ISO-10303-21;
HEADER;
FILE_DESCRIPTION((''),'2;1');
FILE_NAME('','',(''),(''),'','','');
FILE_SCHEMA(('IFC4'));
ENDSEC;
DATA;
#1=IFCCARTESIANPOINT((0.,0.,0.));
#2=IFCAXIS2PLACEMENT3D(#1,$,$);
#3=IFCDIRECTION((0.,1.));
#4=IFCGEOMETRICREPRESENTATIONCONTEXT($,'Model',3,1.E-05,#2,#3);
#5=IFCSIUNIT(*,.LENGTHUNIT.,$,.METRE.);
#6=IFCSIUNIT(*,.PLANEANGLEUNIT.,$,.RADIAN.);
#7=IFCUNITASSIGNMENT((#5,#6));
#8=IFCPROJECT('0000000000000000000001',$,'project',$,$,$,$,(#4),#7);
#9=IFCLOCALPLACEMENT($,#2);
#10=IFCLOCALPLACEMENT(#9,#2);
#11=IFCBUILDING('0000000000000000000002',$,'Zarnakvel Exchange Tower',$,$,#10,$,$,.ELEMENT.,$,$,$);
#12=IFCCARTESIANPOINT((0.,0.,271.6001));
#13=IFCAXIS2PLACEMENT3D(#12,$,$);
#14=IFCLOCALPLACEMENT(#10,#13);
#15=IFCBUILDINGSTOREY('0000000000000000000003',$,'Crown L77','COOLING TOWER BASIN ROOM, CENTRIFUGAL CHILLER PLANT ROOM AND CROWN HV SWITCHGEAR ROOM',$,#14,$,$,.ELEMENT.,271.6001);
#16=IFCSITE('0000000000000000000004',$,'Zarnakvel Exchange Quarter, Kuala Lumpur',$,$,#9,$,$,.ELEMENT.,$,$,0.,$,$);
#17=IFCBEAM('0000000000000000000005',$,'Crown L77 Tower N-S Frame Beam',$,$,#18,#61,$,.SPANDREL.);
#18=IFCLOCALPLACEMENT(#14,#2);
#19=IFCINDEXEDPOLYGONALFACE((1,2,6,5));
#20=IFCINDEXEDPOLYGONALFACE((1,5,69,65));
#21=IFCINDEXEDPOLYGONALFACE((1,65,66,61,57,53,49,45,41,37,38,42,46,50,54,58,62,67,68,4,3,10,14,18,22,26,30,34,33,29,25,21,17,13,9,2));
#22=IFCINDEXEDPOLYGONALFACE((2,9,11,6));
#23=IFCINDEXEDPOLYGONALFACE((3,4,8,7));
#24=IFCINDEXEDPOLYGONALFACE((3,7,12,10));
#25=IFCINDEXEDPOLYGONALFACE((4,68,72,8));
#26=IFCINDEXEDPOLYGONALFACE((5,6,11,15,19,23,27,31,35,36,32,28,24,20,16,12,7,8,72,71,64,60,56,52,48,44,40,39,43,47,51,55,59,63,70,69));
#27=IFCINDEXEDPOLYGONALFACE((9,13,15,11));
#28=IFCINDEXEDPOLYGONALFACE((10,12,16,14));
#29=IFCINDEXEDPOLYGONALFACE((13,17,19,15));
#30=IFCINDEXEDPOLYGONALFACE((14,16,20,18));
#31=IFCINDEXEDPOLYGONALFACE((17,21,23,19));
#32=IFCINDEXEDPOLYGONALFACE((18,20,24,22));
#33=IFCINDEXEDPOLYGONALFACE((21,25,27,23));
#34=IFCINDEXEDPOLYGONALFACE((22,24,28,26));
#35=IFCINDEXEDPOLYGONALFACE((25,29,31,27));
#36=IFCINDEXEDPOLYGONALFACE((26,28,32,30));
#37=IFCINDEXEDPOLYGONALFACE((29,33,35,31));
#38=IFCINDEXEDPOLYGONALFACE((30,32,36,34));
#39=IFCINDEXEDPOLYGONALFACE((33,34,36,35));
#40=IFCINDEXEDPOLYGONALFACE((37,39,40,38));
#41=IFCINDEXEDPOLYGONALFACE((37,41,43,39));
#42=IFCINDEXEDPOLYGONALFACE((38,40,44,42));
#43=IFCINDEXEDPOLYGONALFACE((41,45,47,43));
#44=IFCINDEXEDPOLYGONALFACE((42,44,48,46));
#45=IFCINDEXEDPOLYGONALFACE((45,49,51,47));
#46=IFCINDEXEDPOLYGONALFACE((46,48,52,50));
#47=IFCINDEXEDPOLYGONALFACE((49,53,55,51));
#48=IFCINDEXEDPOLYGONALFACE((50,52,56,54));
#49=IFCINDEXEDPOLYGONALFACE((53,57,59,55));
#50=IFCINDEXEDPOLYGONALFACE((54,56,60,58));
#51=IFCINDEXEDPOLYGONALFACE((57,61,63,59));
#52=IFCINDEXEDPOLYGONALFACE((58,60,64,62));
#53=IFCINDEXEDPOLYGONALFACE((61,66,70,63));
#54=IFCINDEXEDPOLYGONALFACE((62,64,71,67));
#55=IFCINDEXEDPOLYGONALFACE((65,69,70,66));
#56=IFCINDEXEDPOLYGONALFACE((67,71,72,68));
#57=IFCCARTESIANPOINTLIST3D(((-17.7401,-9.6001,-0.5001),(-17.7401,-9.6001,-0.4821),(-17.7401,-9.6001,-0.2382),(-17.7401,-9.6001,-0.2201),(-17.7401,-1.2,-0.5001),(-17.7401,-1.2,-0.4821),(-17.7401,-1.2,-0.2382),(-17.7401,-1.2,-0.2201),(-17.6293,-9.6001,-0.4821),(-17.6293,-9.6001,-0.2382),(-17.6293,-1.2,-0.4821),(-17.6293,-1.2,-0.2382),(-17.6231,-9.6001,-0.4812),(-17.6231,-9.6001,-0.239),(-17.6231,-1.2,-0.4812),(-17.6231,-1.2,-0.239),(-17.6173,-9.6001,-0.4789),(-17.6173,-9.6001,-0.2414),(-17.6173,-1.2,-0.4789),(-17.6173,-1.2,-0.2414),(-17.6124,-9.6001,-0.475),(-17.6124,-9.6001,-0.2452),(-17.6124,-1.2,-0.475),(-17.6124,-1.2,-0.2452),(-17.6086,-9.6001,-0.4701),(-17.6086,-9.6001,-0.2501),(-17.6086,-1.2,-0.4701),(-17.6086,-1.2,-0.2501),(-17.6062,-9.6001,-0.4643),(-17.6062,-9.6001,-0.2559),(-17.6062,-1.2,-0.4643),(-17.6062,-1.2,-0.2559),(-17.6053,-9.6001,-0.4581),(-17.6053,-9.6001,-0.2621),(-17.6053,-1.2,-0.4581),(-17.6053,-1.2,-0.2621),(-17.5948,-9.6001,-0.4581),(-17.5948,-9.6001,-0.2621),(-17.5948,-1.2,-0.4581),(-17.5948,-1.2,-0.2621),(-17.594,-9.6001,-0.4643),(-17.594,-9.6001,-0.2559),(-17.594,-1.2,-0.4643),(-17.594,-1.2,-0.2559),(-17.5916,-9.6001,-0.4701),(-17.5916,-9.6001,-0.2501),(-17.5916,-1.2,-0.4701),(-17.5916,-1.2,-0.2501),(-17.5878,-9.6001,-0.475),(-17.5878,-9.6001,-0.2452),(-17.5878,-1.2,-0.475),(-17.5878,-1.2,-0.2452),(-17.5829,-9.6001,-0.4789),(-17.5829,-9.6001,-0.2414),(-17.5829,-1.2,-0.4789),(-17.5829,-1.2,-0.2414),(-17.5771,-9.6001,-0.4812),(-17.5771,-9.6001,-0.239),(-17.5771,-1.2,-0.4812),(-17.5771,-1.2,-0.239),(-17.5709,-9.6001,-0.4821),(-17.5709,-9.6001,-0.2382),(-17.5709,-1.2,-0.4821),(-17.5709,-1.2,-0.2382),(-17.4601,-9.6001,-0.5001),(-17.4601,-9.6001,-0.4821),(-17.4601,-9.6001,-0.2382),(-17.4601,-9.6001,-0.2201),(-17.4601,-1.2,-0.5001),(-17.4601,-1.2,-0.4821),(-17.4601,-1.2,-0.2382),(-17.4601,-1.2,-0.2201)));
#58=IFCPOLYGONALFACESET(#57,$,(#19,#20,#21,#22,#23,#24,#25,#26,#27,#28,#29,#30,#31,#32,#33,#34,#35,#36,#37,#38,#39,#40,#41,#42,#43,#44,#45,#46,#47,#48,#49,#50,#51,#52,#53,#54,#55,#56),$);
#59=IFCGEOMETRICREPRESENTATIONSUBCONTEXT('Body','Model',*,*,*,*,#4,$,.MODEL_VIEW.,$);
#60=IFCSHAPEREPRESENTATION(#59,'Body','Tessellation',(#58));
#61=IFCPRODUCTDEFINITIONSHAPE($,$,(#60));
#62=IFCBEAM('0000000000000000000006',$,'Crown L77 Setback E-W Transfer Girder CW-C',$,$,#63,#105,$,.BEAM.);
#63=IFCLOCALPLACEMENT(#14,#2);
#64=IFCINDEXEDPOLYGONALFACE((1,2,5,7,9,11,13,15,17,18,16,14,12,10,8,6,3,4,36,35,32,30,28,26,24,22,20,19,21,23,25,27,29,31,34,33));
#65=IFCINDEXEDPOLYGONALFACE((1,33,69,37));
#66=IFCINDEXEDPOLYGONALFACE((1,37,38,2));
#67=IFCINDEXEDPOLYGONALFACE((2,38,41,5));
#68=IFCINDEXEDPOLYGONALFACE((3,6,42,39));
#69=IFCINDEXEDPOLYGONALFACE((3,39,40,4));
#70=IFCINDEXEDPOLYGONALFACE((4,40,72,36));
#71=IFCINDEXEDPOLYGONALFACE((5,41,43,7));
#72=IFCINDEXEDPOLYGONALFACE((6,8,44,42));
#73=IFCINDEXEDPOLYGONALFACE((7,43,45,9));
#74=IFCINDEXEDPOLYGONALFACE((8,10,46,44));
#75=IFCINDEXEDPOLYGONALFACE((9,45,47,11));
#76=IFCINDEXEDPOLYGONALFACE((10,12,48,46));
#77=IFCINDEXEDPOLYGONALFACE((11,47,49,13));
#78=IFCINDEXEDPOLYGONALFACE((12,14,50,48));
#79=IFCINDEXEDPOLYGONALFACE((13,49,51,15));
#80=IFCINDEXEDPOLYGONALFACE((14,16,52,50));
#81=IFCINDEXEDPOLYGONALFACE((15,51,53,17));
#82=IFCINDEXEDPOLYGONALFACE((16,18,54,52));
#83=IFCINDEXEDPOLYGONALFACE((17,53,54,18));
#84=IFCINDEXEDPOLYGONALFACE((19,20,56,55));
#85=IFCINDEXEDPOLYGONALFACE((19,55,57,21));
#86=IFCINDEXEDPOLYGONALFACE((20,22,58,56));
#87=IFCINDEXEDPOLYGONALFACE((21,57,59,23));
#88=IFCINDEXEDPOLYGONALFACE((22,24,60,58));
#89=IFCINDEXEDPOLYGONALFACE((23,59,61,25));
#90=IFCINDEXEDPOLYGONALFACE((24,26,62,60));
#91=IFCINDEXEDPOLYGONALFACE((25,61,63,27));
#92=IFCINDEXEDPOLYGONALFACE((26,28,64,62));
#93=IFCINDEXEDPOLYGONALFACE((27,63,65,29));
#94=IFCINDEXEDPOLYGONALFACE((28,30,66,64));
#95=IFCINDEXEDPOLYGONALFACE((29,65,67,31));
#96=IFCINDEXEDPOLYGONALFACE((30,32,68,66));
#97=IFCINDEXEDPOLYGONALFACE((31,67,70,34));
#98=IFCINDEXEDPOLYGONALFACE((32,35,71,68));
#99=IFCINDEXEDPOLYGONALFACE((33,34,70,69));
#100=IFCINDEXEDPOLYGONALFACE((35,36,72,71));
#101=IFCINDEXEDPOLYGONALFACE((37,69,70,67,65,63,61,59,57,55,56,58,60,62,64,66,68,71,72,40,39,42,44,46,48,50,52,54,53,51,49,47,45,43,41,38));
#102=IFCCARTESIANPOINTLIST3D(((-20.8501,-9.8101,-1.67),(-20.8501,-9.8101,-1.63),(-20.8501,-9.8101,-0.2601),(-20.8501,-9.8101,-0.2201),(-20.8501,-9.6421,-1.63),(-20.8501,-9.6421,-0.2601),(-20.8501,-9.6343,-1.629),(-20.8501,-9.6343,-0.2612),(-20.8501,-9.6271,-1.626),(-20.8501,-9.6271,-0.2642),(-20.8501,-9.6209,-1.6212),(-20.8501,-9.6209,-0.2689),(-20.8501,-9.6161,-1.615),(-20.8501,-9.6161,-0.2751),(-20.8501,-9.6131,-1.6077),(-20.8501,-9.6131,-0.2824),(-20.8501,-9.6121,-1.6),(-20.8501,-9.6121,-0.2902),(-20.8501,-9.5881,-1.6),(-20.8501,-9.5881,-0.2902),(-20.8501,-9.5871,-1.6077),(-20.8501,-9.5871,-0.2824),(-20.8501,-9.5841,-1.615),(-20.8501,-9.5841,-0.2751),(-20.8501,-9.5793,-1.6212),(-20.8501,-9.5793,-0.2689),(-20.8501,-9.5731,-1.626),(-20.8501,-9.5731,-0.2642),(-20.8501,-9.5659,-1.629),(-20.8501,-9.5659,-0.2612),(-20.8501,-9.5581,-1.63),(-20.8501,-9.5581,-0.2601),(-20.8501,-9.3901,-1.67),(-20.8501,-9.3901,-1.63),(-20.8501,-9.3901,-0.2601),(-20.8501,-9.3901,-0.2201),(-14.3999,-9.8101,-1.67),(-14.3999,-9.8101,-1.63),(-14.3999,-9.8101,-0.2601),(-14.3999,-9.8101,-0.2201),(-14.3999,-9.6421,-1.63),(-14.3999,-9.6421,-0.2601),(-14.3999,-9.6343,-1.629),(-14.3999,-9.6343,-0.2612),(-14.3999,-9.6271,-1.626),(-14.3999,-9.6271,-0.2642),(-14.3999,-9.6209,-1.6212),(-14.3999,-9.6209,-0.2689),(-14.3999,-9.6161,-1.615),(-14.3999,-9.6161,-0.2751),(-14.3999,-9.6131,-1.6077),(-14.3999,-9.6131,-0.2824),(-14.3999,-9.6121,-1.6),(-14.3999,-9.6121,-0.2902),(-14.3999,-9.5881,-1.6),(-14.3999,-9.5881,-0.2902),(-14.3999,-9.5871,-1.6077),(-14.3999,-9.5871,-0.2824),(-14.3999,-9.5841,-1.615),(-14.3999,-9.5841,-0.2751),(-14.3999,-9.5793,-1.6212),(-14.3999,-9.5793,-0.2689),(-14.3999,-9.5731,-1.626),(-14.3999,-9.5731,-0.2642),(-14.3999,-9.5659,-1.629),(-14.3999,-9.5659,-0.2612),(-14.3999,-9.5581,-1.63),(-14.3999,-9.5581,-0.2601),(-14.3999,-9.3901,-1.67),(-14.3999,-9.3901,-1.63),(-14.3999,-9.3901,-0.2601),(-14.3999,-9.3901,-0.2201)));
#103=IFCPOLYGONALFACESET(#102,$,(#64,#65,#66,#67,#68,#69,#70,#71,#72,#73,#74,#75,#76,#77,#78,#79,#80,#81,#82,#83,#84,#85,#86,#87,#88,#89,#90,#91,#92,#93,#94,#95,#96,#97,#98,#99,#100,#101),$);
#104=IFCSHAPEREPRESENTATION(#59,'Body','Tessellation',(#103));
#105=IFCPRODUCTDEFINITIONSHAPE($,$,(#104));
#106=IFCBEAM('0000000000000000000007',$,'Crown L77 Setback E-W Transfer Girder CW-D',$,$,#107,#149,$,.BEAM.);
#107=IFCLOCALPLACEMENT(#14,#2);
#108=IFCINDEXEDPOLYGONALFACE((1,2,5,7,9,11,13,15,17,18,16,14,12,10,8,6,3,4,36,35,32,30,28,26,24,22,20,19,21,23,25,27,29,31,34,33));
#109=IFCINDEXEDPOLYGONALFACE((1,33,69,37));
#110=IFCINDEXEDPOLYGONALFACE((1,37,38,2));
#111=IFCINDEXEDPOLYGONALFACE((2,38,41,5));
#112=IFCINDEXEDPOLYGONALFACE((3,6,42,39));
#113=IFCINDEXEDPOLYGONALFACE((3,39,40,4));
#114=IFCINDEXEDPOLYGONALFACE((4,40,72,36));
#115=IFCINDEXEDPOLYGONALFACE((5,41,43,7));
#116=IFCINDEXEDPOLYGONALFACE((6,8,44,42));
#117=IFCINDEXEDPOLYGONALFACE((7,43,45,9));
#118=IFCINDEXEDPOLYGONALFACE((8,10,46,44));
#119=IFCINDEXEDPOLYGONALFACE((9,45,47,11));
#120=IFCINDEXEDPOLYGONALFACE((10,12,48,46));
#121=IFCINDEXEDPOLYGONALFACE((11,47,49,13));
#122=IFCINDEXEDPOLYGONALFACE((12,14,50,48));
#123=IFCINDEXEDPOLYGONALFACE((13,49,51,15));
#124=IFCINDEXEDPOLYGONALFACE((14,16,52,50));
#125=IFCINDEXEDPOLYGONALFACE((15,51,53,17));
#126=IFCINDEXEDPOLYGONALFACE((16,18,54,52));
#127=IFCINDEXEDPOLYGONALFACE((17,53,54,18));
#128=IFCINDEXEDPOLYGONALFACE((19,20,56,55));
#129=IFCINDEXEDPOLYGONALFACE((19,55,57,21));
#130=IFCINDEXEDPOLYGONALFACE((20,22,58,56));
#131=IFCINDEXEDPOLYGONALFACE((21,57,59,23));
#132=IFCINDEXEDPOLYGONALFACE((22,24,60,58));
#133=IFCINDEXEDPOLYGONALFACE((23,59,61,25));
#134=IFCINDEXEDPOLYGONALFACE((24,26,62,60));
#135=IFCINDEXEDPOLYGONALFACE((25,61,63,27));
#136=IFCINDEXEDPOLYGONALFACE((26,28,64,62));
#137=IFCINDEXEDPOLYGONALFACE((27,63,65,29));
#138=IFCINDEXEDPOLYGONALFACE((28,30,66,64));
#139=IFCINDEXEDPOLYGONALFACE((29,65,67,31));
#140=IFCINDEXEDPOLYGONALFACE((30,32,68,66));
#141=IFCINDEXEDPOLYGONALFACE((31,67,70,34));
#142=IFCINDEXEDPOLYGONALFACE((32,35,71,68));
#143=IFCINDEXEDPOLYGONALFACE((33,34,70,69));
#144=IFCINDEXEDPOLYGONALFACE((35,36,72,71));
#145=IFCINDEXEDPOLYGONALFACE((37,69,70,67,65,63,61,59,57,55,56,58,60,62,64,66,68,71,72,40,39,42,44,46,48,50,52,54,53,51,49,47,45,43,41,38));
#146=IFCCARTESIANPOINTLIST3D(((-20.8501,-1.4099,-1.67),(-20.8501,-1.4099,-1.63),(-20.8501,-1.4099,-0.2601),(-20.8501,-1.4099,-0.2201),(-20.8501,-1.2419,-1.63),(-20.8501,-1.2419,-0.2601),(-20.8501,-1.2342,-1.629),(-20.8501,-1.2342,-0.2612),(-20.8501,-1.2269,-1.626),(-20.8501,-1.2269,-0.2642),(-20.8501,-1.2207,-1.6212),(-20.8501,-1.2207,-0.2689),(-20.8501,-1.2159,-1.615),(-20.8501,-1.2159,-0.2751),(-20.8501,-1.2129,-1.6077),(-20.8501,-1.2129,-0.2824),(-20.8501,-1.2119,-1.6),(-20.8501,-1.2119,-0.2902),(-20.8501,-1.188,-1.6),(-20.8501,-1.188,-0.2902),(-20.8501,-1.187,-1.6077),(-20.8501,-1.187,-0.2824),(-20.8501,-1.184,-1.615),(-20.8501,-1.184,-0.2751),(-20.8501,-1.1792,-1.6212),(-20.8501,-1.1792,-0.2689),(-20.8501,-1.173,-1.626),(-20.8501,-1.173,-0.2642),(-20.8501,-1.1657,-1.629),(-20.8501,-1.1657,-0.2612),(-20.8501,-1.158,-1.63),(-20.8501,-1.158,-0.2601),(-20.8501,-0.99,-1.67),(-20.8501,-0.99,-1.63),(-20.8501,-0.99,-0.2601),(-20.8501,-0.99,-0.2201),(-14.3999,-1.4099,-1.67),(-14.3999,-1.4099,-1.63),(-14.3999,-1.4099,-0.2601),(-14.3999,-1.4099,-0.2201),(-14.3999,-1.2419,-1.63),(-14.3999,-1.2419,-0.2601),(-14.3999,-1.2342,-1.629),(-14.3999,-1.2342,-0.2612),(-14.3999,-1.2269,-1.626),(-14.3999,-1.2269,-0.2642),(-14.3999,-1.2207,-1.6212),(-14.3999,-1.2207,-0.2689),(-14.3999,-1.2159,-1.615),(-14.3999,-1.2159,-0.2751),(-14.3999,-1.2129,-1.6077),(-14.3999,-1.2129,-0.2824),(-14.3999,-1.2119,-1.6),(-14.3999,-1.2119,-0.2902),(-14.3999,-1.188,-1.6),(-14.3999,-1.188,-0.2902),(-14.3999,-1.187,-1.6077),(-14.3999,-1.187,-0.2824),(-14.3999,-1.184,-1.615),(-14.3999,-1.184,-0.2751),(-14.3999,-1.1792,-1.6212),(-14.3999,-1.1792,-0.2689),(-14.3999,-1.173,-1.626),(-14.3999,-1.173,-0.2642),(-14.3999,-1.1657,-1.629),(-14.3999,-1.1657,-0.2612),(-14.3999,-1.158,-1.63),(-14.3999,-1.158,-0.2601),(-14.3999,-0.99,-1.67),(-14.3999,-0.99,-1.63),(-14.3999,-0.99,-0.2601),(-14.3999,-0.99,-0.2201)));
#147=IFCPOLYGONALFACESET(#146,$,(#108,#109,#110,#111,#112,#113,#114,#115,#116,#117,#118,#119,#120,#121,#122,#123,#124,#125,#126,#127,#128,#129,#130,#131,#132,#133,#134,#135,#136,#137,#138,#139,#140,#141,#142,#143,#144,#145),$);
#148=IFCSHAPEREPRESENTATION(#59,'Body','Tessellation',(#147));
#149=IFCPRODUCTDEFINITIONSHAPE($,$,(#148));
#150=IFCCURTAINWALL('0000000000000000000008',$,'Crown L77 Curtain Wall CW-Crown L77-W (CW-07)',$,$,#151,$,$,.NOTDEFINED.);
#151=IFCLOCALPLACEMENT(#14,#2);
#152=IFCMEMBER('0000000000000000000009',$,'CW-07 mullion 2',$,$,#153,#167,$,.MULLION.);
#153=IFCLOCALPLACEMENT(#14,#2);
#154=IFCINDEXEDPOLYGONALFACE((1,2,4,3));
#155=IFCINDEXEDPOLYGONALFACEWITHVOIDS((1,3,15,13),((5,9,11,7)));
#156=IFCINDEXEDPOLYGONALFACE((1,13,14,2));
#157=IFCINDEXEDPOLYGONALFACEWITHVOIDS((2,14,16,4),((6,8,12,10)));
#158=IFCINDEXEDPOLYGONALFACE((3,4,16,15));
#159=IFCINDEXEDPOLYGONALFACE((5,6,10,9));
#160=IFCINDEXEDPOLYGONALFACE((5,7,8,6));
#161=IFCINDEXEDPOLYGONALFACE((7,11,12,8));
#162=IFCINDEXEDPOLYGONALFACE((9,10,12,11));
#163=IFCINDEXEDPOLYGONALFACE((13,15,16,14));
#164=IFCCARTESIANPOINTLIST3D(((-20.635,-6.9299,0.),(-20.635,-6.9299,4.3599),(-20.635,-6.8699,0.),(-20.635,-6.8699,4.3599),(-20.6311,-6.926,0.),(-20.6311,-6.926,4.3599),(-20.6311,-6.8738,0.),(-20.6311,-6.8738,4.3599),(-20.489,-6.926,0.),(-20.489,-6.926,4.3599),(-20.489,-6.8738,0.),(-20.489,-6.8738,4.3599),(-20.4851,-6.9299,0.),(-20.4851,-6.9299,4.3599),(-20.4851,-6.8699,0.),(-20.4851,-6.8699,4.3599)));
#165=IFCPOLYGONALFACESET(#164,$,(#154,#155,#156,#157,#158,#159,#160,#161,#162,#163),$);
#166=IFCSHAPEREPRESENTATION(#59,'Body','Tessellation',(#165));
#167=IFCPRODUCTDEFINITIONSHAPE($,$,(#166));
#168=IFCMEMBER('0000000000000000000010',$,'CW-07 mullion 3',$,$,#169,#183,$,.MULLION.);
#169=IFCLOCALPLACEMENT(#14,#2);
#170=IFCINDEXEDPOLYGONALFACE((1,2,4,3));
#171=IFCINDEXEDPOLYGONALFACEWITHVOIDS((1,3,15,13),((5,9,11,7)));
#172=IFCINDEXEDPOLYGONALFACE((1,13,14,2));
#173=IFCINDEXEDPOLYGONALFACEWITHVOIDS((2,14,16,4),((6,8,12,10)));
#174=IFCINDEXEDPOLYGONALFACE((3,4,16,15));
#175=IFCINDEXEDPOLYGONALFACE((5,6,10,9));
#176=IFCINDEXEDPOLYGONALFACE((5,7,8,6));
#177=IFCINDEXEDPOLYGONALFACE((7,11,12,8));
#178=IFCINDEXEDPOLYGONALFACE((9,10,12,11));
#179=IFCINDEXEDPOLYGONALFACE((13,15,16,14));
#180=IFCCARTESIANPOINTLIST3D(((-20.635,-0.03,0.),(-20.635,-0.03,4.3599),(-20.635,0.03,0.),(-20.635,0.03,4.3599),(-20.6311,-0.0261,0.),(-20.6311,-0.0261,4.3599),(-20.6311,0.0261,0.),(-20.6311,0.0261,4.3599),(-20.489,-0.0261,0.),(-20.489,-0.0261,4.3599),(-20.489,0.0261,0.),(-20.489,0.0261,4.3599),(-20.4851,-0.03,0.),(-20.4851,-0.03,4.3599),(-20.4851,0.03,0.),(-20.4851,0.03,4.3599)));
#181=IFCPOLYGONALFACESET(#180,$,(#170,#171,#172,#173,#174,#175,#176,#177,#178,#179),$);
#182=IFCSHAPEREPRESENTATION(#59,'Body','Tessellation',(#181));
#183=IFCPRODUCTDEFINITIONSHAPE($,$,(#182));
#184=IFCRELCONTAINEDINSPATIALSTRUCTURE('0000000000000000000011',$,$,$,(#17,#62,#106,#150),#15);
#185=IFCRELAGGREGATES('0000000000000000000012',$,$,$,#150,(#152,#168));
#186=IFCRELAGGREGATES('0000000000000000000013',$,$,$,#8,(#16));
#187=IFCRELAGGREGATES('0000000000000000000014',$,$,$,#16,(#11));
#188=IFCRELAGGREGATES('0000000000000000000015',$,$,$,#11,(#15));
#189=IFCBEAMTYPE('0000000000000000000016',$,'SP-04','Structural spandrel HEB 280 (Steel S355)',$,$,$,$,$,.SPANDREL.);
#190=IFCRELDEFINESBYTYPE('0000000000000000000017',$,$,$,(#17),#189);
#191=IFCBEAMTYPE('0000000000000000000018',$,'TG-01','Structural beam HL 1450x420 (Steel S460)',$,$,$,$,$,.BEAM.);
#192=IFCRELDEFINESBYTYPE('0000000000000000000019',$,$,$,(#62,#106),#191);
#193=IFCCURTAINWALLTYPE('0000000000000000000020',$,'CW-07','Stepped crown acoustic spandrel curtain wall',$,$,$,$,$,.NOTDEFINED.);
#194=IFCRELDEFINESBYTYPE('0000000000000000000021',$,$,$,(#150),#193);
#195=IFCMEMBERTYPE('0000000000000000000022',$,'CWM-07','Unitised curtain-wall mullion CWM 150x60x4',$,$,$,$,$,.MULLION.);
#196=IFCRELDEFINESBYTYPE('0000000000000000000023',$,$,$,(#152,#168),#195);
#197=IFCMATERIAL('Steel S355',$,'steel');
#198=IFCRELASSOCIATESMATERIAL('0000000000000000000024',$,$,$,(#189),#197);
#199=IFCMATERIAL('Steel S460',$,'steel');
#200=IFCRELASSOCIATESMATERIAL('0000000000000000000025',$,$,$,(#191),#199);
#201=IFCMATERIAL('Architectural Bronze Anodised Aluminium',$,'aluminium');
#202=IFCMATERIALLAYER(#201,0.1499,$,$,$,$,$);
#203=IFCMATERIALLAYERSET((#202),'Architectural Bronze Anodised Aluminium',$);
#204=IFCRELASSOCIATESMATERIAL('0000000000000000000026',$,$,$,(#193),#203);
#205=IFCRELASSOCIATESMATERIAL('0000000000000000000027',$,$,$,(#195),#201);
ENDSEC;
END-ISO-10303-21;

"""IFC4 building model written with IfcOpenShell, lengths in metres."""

from ifc_helpers import new_model, si_unit, direction, frame, origin, origin_2d, place, context, subcontext, project, spatial, hollow_rectangle, i_section, extrude, source, transform, mapped, material, layer, layer_set, material_profile, profile_set, type_object, element, aggregate, save


model = new_model("IFC4")

# Units and contexts
model_context = context("Model", 3, precision=1e-05, world=origin(), true_north=direction((0.0, 1.0)))
body_context = subcontext(model_context, "Body", "Model", "MODEL_VIEW")
ifc_project = project(units=[si_unit("LENGTHUNIT", "METRE"), si_unit("PLANEANGLEUNIT", "RADIAN")], contexts=[model_context])

# Site, building, storey
site_placement = place(None, origin())
site = spatial("IfcSite", under=ifc_project, at=site_placement, Name="Zarnakvel Exchange Quarter, Kuala Lumpur", CompositionType="ELEMENT", RefElevation=0.0)
building_placement = place(site_placement, origin())
building = spatial("IfcBuilding", under=site, at=building_placement, Name="Zarnakvel Exchange Tower", CompositionType="ELEMENT")
storey_placement = place(building_placement, frame((0.0, 0.0, 271.6001)))
storey = spatial("IfcBuildingStorey", under=building, at=storey_placement, Name="Crown L77", Description="COOLING TOWER BASIN ROOM, CENTRIFUGAL CHILLER PLANT ROOM AND CROWN HV SWITCHGEAR ROOM", CompositionType="ELEMENT", Elevation=271.6001)

# Shared definitions
ifc_material_1 = material(Name="Steel S355", Category="steel")

# Beams
ifc_material_profile_1 = material_profile(ifc_material_1, i_section(OverallWidth=0.28, OverallDepth=0.28, WebThickness=0.0105, FlangeThickness=0.0181, FilletRadius=0.0239, at=origin_2d()))
ifc_profile_set_1 = profile_set([ifc_material_profile_1], Name="Steel S355")
beam_type_1 = type_object("IfcBeamType", Name="SP-04", Description="Structural spandrel HEB 280 (Steel S355)", PredefinedType="SPANDREL", material=ifc_profile_set_1)
beam_1_placement = place(storey_placement, frame((-17.6001, -9.6001, -0.3601), z_axis=(0.0, 1.0, 0.0), x_axis=(-1.0, 0.0, 0.0)))
element("IfcBeam", 1, at=beam_1_placement, inside=storey, type_object=beam_type_1, Name="Crown L77 Tower N-S Frame Beam", PredefinedType="SPANDREL", context=body_context, shape_type="SweptSolid", body=[
    extrude(i_section(OverallWidth=0.28, OverallDepth=0.28, WebThickness=0.0105, FlangeThickness=0.0181, FilletRadius=0.0239, at=origin_2d()), origin(), (0.0, 0.0, 1.0), 8.4001),
])
ifc_material_2 = material(Name="Steel S460", Category="steel")
ifc_material_profile_2 = material_profile(ifc_material_2, i_section(OverallWidth=0.4199, OverallDepth=1.45, WebThickness=0.0239, FlangeThickness=0.04, FilletRadius=0.03, at=origin_2d()))
ifc_profile_set_2 = profile_set([ifc_material_profile_2], Name="Steel S460")
beam_type_2 = type_object("IfcBeamType", Name="TG-01", Description="Structural beam HL 1450x420 (Steel S460)", PredefinedType="BEAM", material=ifc_profile_set_2)
for number, where, z_axis, x_axis, name in (
    (2, (-20.8501, -9.6001, -0.9451), (1.0, 0.0, 0.0), (0.0, 1.0, 0.0), "Crown L77 Setback E-W Transfer Girder CW-C"),
    (3, (-20.8501, -1.2, -0.9451), (1.0, 0.0, 0.0), (0.0, 1.0, 0.0), "Crown L77 Setback E-W Transfer Girder CW-D"),
):
    element("IfcBeam", number, at=place(storey_placement, frame(where, z_axis=z_axis, x_axis=x_axis)), inside=storey, type_object=beam_type_2, Name=name, PredefinedType="BEAM", context=body_context, shape_type="SweptSolid", body=[
        extrude(i_section(OverallWidth=0.4199, OverallDepth=1.45, WebThickness=0.0239, FlangeThickness=0.04, FilletRadius=0.03, at=origin_2d()), origin(), (0.0, 0.0, 1.0), 6.4502),
    ])

# Curtain wall, members
ifc_material_3 = material(Name="Architectural Bronze Anodised Aluminium", Category="aluminium")
ifc_layer_1 = layer(ifc_material_3, 0.1499)
ifc_layer_set_1 = layer_set([ifc_layer_1], Name="Architectural Bronze Anodised Aluminium")
curtain_wall_type = type_object("IfcCurtainWallType", Name="CW-07", Description="Stepped crown acoustic spandrel curtain wall", PredefinedType="NOTDEFINED", material=ifc_layer_set_1)
curtain_wall_placement = place(storey_placement, origin())
curtain_wall = element("IfcCurtainWall", 4, at=curtain_wall_placement, inside=storey, type_object=curtain_wall_type, Name="Crown L77 Curtain Wall CW-Crown L77-W (CW-07)", PredefinedType="NOTDEFINED")
ifc_material_profile_3 = material_profile(ifc_material_3, hollow_rectangle(XDim=0.1499, YDim=0.0601, WallThickness=0.0039, at=origin_2d()))
ifc_profile_set_3 = profile_set([ifc_material_profile_3], Name="Architectural Bronze Anodised Aluminium")
member_type_1 = type_object("IfcMemberType", Name="CWM-07", Description="Unitised curtain-wall mullion CWM 150x60x4", PredefinedType="MULLION", material=ifc_profile_set_3)
shared_shape_1 = source(origin(), body_context, "Body", "SweptSolid", [
    extrude(hollow_rectangle(XDim=0.1499, YDim=0.0601, WallThickness=0.0039, at=origin_2d()), origin(), (0.0, 0.0, 1.0), 4.3599),
])
member_1_placement = place(storey_placement, frame((-20.5601, -6.8999, 0.0), z_axis=(0.0, 0.0, 1.0), x_axis=(-1.0, 0.0, 0.0)))
member_1 = element("IfcMember", 5, at=member_1_placement, type_object=member_type_1, Name="CW-07 mullion 2", PredefinedType="MULLION", context=body_context, shape_type="MappedRepresentation", body=[
    mapped(shared_shape_1, transform((0.0, 0.0, 0.0), x_axis=(1.0, 0.0, 0.0), y_axis=(0.0, 1.0, 0.0), z_axis=(0.0, 0.0, 1.0), scale=1.0)),
])
member_2_placement = place(storey_placement, frame((-20.5601, 0.0, 0.0), z_axis=(0.0, 0.0, 1.0), x_axis=(-1.0, 0.0, 0.0)))
member_2 = element("IfcMember", 6, at=member_2_placement, type_object=member_type_1, Name="CW-07 mullion 3", PredefinedType="MULLION", context=body_context, shape_type="MappedRepresentation", body=[
    mapped(shared_shape_1, transform((0.0, 0.0, 0.0), x_axis=(1.0, 0.0, 0.0), y_axis=(0.0, 1.0, 0.0), z_axis=(0.0, 0.0, 1.0), scale=1.0)),
])

aggregate(curtain_wall, [member_1, member_2])

save(model, "model.ifc")
